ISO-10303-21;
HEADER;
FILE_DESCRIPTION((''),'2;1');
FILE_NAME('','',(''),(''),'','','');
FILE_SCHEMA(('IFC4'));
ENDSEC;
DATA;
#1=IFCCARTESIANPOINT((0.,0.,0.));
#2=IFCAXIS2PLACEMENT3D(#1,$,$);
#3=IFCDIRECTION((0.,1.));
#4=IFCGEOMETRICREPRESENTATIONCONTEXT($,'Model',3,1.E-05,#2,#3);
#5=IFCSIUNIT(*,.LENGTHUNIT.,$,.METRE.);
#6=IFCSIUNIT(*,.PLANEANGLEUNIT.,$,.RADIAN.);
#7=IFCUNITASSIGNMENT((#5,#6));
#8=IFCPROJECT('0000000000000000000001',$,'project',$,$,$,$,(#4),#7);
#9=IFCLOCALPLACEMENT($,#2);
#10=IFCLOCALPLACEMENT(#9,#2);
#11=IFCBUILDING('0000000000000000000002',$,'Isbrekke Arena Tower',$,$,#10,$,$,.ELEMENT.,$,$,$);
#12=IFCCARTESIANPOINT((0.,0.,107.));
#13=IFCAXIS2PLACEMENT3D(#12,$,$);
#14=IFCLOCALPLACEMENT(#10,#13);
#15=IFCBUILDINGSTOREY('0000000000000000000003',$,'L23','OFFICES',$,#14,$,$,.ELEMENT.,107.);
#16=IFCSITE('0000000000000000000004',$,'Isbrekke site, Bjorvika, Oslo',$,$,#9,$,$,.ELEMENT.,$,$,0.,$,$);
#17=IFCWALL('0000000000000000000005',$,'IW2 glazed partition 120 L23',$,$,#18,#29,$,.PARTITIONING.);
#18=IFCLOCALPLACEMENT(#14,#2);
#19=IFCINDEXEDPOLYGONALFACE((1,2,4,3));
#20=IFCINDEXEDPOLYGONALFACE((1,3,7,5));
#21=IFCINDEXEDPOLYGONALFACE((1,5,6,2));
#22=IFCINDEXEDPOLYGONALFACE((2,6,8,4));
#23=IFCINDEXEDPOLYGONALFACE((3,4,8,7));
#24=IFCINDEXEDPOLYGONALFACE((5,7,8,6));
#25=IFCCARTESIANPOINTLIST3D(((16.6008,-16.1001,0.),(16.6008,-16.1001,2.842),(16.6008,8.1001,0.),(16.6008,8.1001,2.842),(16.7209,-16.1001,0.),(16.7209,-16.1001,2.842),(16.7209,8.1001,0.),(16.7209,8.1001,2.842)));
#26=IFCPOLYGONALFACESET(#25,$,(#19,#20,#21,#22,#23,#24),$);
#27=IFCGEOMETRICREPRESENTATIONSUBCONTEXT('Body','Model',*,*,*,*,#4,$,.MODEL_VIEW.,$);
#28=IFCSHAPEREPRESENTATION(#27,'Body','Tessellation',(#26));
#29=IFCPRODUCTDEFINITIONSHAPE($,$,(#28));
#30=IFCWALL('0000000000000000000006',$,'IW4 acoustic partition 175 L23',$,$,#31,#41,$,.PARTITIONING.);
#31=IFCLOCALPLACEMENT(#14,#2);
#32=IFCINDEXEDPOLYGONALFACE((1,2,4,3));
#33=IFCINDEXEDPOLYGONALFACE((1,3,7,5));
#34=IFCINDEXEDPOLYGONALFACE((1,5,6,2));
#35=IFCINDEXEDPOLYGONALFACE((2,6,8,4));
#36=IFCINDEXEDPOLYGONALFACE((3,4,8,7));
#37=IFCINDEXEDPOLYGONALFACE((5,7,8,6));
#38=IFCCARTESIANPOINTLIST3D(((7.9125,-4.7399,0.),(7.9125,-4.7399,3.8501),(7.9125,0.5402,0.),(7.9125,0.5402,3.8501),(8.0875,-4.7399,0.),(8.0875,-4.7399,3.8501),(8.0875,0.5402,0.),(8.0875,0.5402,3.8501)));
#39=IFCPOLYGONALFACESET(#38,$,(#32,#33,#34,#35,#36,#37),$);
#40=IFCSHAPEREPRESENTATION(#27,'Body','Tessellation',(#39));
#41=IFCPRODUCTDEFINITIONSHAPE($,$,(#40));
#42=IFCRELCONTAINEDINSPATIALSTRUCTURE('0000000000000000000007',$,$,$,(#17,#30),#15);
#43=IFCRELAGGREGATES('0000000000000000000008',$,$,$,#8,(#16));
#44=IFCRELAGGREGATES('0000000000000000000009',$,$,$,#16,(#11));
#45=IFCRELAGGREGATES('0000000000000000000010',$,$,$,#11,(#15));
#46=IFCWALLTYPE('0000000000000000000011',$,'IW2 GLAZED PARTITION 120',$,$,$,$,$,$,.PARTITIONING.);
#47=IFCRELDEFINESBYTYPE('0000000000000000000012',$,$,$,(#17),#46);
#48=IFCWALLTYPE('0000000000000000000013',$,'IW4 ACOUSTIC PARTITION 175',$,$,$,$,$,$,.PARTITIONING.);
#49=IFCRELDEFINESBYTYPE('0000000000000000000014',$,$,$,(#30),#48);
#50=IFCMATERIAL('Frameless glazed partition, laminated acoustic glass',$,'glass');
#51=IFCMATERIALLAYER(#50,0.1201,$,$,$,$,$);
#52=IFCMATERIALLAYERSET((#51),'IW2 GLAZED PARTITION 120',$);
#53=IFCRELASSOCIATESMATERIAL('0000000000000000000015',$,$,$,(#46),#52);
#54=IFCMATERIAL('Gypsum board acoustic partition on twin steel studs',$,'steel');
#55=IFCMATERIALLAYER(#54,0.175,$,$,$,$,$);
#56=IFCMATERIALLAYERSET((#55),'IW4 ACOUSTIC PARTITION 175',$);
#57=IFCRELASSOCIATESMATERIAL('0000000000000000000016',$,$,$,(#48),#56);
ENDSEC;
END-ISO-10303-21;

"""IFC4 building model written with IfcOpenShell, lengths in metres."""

from ifc_helpers import new_model, si_unit, direction, frame, frame_2d, origin, place, context, subcontext, project, spatial, rectangle, extrude, material, layer, layer_set, type_object, element, save


model = new_model("IFC4")

# Units and contexts
model_context = context("Model", 3, precision=1e-05, world=origin(), true_north=direction((0.0, 1.0)))
body_context = subcontext(model_context, "Body", "Model", "MODEL_VIEW")
ifc_project = project(units=[si_unit("LENGTHUNIT", "METRE"), si_unit("PLANEANGLEUNIT", "RADIAN")], contexts=[model_context])

# Site, building, storey
site_placement = place(None, origin())
site = spatial("IfcSite", under=ifc_project, at=site_placement, Name="Isbrekke site, Bjorvika, Oslo", CompositionType="ELEMENT", RefElevation=0.0)
building_placement = place(site_placement, origin())
building = spatial("IfcBuilding", under=site, at=building_placement, Name="Isbrekke Arena Tower", CompositionType="ELEMENT")
storey_placement = place(building_placement, frame((0.0, 0.0, 107.0)))
storey = spatial("IfcBuildingStorey", under=building, at=storey_placement, Name="L23", Description="OFFICES", CompositionType="ELEMENT", Elevation=107.0)

# Walls
ifc_material_1 = material(Name="Frameless glazed partition, laminated acoustic glass", Category="glass")
ifc_layer_1 = layer(ifc_material_1, 0.1201)
ifc_layer_set_1 = layer_set([ifc_layer_1], Name="IW2 GLAZED PARTITION 120")
wall_type_1 = type_object("IfcWallType", Name="IW2 GLAZED PARTITION 120", PredefinedType="PARTITIONING", material=ifc_layer_set_1)
wall_1_placement = place(storey_placement, frame((16.6609, -16.1001, 0.0), z_axis=(0.0, 0.0, 1.0), x_axis=(0.0, 1.0, 0.0)))
element("IfcWall", 1, at=wall_1_placement, inside=storey, type_object=wall_type_1, Name="IW2 glazed partition 120 L23", PredefinedType="PARTITIONING", context=body_context, shape_type="SweptSolid", body=[
    extrude(rectangle(XDim=24.2002, YDim=0.1201, at=frame_2d((12.1001, 0.0))), origin(), (0.0, 0.0, 1.0), 2.842),
])
ifc_material_2 = material(Name="Gypsum board acoustic partition on twin steel studs", Category="steel")
ifc_layer_2 = layer(ifc_material_2, 0.175)
ifc_layer_set_2 = layer_set([ifc_layer_2], Name="IW4 ACOUSTIC PARTITION 175")
wall_type_2 = type_object("IfcWallType", Name="IW4 ACOUSTIC PARTITION 175", PredefinedType="PARTITIONING", material=ifc_layer_set_2)
wall_2_placement = place(storey_placement, frame((8.0, -4.74, 0.0), z_axis=(0.0, 0.0, 1.0), x_axis=(0.0, 1.0, 0.0)))
element("IfcWall", 2, at=wall_2_placement, inside=storey, type_object=wall_type_2, Name="IW4 acoustic partition 175 L23", PredefinedType="PARTITIONING", context=body_context, shape_type="SweptSolid", body=[
    extrude(rectangle(XDim=5.28, YDim=0.175, at=frame_2d((2.6401, 0.0))), origin(), (0.0, 0.0, 1.0), 3.8501),
])

save(model, "model.ifc")
